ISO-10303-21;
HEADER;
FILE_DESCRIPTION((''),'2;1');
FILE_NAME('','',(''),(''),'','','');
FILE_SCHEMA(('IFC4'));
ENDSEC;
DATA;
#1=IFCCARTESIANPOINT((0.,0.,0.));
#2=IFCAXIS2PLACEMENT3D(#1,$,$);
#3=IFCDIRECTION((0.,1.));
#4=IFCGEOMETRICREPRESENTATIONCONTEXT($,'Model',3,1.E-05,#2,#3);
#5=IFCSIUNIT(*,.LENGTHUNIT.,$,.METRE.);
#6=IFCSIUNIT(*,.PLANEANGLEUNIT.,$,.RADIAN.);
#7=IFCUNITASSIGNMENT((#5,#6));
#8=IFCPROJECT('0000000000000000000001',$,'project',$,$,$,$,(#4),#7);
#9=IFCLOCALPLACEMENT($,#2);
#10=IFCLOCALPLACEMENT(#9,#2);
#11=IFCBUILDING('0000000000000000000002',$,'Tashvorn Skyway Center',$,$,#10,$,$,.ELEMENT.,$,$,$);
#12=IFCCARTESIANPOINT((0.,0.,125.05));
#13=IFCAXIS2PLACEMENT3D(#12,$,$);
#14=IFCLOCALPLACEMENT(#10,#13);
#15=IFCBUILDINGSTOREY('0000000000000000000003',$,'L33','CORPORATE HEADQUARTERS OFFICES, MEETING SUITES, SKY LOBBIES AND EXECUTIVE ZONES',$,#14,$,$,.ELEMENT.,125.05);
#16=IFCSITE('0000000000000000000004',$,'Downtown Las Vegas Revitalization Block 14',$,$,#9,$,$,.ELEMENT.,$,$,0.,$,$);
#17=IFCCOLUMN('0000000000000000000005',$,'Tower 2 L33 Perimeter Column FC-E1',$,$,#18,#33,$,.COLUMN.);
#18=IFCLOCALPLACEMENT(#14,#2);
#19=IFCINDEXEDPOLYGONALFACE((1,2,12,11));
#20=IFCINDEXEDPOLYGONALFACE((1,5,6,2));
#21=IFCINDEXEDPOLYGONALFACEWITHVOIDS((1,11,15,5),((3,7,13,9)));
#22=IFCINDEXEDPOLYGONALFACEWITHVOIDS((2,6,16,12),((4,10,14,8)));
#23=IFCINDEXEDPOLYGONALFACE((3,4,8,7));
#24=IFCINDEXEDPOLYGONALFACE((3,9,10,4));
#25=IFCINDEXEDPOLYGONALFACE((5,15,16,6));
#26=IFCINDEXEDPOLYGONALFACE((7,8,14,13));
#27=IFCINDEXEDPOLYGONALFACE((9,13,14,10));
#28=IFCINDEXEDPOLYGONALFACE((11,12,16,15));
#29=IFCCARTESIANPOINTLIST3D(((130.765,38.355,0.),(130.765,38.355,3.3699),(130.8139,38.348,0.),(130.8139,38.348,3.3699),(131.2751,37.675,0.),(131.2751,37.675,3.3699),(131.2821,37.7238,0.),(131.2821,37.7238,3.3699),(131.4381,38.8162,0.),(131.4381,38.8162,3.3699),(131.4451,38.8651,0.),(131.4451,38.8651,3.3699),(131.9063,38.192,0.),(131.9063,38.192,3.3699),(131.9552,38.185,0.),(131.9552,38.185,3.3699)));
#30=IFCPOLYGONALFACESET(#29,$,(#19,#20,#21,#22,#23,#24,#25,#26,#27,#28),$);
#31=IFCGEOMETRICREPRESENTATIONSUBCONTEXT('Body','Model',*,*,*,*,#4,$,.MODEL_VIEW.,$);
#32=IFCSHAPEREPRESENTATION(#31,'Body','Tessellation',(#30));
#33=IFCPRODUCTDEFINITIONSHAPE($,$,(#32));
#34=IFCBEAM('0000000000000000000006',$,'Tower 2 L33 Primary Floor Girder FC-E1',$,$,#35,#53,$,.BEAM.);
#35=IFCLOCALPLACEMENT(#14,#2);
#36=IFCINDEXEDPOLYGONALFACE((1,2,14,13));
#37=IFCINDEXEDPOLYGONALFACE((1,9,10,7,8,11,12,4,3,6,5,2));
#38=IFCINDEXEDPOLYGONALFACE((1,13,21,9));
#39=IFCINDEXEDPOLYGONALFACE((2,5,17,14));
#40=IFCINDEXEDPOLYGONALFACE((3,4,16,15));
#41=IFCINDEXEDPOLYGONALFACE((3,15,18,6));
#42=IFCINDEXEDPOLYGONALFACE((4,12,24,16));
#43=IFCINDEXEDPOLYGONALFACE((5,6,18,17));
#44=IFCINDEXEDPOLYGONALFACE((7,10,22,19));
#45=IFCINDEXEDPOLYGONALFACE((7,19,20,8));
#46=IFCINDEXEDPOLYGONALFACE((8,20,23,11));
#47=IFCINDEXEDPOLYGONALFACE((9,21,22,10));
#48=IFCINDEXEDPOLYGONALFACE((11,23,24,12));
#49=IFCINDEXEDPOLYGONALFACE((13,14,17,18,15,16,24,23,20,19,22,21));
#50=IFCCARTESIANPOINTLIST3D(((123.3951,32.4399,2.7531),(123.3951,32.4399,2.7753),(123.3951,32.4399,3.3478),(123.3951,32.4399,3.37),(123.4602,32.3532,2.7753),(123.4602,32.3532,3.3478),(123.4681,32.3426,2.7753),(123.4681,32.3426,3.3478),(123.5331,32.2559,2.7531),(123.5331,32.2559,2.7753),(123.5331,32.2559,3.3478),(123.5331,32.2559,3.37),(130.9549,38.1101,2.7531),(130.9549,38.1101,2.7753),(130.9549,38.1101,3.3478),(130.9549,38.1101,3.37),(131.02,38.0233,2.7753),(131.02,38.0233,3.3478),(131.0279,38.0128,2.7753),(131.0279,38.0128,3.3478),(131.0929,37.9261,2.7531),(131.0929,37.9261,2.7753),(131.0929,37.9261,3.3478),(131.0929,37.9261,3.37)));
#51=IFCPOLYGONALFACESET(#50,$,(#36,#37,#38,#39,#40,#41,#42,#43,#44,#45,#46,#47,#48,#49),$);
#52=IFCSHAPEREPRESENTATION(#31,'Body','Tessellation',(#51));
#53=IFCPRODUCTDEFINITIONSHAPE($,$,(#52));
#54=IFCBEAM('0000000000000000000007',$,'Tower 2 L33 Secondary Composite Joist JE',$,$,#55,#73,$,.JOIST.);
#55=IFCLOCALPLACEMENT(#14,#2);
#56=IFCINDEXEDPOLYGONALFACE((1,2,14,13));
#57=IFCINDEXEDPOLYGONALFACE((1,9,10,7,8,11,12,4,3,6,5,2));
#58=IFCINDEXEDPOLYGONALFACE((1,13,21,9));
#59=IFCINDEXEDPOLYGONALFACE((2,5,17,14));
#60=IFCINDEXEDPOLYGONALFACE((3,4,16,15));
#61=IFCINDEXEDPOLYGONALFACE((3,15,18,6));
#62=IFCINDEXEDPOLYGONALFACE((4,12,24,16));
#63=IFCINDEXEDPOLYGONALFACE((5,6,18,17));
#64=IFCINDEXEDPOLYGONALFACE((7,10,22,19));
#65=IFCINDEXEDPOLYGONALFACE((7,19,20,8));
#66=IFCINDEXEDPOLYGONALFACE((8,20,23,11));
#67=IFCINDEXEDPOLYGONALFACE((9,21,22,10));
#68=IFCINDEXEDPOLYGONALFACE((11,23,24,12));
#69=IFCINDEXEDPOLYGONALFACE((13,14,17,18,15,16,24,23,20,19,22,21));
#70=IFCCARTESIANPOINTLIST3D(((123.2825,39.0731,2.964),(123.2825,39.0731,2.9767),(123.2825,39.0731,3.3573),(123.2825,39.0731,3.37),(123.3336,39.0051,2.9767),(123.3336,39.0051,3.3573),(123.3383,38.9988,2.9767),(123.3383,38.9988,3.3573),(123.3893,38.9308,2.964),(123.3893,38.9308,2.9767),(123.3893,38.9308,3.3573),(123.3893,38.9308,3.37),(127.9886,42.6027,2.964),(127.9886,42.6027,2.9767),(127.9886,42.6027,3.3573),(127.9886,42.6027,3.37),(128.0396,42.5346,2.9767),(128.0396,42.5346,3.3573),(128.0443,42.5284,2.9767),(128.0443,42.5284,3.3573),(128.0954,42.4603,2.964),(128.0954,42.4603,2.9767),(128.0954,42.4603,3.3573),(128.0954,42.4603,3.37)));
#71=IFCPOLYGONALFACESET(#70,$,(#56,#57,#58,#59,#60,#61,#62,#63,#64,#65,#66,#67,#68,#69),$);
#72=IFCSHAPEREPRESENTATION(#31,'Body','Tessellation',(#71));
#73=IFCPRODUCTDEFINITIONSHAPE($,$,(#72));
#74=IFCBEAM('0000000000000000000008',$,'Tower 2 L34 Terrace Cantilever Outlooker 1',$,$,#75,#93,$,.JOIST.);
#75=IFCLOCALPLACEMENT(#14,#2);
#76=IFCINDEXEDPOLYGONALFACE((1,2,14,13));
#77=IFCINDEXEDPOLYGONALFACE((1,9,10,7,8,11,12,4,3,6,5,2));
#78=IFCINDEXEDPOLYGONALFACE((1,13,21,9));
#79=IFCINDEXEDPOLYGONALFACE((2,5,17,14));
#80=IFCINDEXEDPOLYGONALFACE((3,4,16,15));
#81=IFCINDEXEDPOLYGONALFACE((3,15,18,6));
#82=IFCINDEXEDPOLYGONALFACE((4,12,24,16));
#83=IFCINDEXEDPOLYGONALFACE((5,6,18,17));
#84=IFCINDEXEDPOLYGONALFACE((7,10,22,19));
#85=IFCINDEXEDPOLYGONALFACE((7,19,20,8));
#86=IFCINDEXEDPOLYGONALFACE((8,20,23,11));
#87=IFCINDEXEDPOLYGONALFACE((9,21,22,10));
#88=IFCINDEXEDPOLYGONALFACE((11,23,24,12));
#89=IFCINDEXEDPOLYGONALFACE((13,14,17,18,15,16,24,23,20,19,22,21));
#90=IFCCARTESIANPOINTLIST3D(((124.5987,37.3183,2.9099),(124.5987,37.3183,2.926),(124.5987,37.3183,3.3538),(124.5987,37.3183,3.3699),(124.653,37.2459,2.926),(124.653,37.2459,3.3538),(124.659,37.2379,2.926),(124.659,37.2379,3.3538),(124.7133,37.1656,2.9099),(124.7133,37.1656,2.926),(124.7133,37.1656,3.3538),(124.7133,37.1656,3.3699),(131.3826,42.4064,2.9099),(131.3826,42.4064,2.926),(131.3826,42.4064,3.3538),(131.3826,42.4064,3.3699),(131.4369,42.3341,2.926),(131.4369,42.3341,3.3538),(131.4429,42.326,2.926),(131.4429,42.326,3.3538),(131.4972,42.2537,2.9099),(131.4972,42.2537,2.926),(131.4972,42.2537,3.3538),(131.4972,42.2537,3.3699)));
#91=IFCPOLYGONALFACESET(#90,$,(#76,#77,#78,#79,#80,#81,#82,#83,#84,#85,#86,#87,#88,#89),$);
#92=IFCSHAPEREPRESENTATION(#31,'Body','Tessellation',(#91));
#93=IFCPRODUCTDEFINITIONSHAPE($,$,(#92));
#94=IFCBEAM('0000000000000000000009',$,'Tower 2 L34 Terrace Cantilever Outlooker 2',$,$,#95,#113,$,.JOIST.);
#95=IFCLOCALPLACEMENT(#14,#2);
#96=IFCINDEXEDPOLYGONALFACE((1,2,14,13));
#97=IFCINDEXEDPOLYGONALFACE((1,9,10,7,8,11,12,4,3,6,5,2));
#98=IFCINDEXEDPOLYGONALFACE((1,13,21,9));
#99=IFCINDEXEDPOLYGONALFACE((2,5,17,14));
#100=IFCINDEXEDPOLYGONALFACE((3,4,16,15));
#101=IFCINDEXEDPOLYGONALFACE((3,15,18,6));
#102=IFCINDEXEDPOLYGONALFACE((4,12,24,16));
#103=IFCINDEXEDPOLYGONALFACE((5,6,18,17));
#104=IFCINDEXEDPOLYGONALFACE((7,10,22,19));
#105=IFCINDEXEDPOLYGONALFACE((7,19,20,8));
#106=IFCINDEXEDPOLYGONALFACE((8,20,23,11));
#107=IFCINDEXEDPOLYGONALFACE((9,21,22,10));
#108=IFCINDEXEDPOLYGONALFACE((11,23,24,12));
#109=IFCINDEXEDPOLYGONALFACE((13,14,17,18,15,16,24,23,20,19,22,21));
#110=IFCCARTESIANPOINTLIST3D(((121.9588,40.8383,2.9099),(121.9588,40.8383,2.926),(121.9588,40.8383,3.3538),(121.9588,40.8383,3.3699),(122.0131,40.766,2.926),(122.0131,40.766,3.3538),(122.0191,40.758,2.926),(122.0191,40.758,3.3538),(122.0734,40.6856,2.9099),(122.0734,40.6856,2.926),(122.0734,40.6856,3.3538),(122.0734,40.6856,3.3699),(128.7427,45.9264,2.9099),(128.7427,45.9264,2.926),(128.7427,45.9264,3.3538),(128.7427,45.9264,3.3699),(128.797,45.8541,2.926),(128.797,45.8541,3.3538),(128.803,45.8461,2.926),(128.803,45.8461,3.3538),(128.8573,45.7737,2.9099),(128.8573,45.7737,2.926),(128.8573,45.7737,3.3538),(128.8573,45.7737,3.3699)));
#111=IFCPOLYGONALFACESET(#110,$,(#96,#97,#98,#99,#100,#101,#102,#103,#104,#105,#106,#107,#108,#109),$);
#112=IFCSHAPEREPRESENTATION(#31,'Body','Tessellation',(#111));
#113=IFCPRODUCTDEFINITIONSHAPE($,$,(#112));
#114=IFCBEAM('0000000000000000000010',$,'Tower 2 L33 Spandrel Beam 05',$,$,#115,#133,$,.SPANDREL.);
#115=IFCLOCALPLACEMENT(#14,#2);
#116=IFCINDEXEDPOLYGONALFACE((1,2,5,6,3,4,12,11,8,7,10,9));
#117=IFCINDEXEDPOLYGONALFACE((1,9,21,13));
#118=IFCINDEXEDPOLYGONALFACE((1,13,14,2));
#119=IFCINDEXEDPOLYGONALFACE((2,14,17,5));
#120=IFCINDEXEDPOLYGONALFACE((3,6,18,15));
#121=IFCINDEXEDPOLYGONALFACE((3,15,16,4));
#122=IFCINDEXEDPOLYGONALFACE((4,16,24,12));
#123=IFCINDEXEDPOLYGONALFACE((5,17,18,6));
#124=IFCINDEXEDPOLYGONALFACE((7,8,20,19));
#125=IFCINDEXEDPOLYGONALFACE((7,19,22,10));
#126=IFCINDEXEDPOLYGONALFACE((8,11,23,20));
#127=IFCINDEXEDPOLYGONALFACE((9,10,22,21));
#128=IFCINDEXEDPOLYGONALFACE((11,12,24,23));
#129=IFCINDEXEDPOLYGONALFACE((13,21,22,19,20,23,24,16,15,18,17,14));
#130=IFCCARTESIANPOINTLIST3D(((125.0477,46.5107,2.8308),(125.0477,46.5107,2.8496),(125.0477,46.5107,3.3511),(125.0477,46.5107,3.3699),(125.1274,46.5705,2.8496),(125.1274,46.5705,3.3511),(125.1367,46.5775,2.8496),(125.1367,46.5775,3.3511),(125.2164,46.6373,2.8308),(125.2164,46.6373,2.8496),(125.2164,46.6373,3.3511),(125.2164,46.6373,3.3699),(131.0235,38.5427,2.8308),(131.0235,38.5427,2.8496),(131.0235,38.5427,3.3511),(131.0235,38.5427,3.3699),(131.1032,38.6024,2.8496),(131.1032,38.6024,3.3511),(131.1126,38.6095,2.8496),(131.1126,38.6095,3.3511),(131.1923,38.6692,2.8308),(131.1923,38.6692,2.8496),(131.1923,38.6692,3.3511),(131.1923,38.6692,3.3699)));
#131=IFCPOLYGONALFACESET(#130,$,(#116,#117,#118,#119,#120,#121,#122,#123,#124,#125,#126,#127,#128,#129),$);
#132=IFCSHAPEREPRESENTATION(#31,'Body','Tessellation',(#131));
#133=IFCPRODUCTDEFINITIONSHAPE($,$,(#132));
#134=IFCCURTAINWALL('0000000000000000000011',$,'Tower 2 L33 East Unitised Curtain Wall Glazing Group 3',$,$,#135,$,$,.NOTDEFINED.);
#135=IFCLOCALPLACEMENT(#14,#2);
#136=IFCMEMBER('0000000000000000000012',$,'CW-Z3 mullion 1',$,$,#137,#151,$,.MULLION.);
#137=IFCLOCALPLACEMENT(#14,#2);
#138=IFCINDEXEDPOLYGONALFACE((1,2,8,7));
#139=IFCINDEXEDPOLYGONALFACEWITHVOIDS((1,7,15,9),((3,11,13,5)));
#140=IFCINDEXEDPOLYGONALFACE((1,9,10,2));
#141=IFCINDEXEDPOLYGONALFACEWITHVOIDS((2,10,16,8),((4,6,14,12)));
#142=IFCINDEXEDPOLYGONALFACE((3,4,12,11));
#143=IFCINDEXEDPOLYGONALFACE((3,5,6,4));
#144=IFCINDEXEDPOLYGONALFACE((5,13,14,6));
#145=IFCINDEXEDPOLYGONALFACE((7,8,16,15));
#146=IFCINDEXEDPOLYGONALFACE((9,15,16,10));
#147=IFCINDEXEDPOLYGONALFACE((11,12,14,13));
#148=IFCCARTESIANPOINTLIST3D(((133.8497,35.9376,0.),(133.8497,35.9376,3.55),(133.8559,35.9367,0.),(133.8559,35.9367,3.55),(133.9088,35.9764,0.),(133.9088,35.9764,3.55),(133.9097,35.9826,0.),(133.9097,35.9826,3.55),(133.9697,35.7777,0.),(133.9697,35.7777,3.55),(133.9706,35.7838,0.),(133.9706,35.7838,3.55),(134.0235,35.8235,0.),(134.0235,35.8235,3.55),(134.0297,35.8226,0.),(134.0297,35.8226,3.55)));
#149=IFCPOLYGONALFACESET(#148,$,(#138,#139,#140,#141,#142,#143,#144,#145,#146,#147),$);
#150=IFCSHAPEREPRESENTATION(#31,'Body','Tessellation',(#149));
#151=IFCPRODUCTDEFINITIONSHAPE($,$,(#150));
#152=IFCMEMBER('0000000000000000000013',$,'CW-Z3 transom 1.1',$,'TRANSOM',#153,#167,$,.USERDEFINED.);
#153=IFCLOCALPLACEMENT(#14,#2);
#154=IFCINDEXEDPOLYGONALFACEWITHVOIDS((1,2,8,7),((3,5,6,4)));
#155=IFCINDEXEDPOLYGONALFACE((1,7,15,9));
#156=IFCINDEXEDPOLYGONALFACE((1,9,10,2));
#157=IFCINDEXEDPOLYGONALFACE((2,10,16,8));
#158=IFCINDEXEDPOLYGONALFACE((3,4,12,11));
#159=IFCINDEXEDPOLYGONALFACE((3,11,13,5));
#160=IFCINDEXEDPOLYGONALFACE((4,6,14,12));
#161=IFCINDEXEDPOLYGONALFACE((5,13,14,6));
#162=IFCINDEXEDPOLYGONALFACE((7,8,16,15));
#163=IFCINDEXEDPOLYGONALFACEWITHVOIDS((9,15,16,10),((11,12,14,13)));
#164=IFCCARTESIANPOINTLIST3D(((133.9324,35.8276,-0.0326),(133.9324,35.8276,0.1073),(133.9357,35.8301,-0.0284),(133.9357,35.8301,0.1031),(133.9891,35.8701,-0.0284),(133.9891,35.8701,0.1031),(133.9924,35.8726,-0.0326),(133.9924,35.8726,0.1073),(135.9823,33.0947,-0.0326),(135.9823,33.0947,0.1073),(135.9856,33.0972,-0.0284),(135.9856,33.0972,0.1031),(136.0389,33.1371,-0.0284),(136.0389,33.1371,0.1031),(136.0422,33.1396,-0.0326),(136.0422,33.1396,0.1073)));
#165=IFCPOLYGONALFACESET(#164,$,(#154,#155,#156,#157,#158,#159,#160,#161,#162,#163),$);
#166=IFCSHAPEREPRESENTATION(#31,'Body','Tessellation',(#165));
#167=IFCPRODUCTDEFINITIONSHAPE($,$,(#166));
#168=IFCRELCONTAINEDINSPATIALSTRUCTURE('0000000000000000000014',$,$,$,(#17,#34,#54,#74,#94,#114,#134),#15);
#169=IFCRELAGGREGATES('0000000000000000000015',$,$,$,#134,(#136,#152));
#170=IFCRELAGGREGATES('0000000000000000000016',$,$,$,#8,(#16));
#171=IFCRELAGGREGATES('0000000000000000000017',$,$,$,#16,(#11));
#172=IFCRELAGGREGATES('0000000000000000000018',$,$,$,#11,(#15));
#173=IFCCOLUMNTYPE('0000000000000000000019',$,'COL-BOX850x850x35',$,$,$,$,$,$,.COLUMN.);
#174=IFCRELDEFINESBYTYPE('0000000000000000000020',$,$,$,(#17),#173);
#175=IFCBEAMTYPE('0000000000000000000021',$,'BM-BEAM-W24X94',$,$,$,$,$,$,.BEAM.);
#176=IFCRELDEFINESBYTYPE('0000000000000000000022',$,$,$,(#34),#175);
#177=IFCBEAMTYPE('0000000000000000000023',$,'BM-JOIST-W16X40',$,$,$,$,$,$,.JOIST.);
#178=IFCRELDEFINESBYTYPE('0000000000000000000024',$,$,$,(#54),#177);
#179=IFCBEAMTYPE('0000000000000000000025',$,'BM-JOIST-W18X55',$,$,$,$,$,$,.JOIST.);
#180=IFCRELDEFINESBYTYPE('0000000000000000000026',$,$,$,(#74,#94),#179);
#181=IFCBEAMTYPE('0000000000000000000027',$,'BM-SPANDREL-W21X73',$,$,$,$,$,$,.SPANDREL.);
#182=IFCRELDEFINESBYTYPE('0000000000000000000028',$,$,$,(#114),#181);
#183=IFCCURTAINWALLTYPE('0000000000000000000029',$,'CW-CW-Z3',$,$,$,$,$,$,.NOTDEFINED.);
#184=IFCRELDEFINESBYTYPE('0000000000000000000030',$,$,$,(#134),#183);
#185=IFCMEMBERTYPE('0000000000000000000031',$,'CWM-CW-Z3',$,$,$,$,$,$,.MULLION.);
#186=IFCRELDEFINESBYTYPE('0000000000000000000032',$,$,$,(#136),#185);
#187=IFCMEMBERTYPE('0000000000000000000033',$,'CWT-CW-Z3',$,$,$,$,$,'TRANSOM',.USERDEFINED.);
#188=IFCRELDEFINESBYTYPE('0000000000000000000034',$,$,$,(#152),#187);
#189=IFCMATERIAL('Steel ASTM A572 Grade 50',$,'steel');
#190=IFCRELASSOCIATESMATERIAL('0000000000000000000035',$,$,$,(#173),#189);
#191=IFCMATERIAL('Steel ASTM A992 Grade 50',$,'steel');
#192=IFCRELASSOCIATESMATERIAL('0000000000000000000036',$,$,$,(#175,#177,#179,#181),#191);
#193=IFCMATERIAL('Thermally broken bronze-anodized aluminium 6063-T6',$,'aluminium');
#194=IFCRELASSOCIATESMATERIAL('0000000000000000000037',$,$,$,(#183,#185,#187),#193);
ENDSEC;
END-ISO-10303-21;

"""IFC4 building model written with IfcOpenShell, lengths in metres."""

from ifc_helpers import new_model, si_unit, direction, frame, origin, origin_2d, place, context, subcontext, project, spatial, hollow_rectangle, i_section, extrude, material, material_profile, profile_set, type_object, element, aggregate, save


model = new_model("IFC4")

# Units and contexts
model_context = context("Model", 3, precision=1e-05, world=origin(), true_north=direction((0.0, 1.0)))
body_context = subcontext(model_context, "Body", "Model", "MODEL_VIEW")
ifc_project = project(units=[si_unit("LENGTHUNIT", "METRE"), si_unit("PLANEANGLEUNIT", "RADIAN")], contexts=[model_context])

# Site, building, storey
site_placement = place(None, origin())
site = spatial("IfcSite", under=ifc_project, at=site_placement, Name="Downtown Las Vegas Revitalization Block 14", CompositionType="ELEMENT", RefElevation=0.0)
building_placement = place(site_placement, origin())
building = spatial("IfcBuilding", under=site, at=building_placement, Name="Tashvorn Skyway Center", CompositionType="ELEMENT")
storey_placement = place(building_placement, frame((0.0, 0.0, 125.05)))
storey = spatial("IfcBuildingStorey", under=building, at=storey_placement, Name="L33", Description="CORPORATE HEADQUARTERS OFFICES, MEETING SUITES, SKY LOBBIES AND EXECUTIVE ZONES", CompositionType="ELEMENT", Elevation=125.05)

# Column
ifc_material_1 = material(Name="Steel ASTM A572 Grade 50", Category="steel")
ifc_material_profile_1 = material_profile(ifc_material_1, hollow_rectangle(XDim=0.8501, YDim=0.8501, WallThickness=0.0349, at=origin_2d()), Name="BOX850x850x35")
ifc_profile_set_1 = profile_set([ifc_material_profile_1], Name="Steel ASTM A572 Grade 50")
column_type = type_object("IfcColumnType", Name="COL-BOX850x850x35", PredefinedType="COLUMN", material=ifc_profile_set_1)
column_placement = place(storey_placement, frame((131.3601, 38.27, 0.0), z_axis=(0.0, 0.0, 1.0), x_axis=(0.8, 0.6, 0.0)))
element("IfcColumn", 1, at=column_placement, inside=storey, type_object=column_type, Name="Tower 2 L33 Perimeter Column FC-E1", PredefinedType="COLUMN", context=body_context, shape_type="SweptSolid", body=[
    extrude(hollow_rectangle(XDim=0.8501, YDim=0.8501, WallThickness=0.0349, at=origin_2d()), origin(), (0.0, 0.0, 1.0), 3.3699),
])

# Beams
ifc_material_2 = material(Name="Steel ASTM A992 Grade 50", Category="steel")
ifc_material_profile_2 = material_profile(ifc_material_2, i_section(OverallWidth=0.23, OverallDepth=0.6169, WebThickness=0.0132, FlangeThickness=0.0222, at=origin_2d()), Name="W24X94")
ifc_profile_set_2 = profile_set([ifc_material_profile_2], Name="Steel ASTM A992 Grade 50")
beam_type_1 = type_object("IfcBeamType", Name="BM-BEAM-W24X94", PredefinedType="BEAM", material=ifc_profile_set_2)
beam_1_placement = place(storey_placement, frame((131.0239, 38.0181, 3.0615), z_axis=(-0.799984, -0.600021, 0.0), x_axis=(0.600021, -0.799984, 0.0)))
element("IfcBeam", 2, at=beam_1_placement, inside=storey, type_object=beam_type_1, Name="Tower 2 L33 Primary Floor Girder FC-E1", PredefinedType="BEAM", context=body_context, shape_type="SweptSolid", body=[
    extrude(i_section(OverallWidth=0.23, OverallDepth=0.6169, WebThickness=0.0132, FlangeThickness=0.0222, at=origin_2d()), origin(), (0.0, 0.0, 1.0), 9.45),
])
ifc_material_profile_3 = material_profile(ifc_material_2, i_section(OverallWidth=0.178, OverallDepth=0.406, WebThickness=0.0078, FlangeThickness=0.0127, at=origin_2d()), Name="W16X40")
ifc_profile_set_3 = profile_set([ifc_material_profile_3], Name="Steel ASTM A992 Grade 50")
beam_type_2 = type_object("IfcBeamType", Name="BM-JOIST-W16X40", PredefinedType="JOIST", material=ifc_profile_set_3)
beam_2_placement = place(storey_placement, frame((123.3359, 39.002, 3.167), z_axis=(0.8, 0.6, 0.0), x_axis=(-0.6, 0.8, 0.0)))
element("IfcBeam", 3, at=beam_2_placement, inside=storey, type_object=beam_type_2, Name="Tower 2 L33 Secondary Composite Joist JE", PredefinedType="JOIST", context=body_context, shape_type="SweptSolid", body=[
    extrude(i_section(OverallWidth=0.178, OverallDepth=0.406, WebThickness=0.0078, FlangeThickness=0.0127, at=origin_2d()), origin(), (0.0, 0.0, 1.0), 5.8826),
])
ifc_material_profile_4 = material_profile(ifc_material_2, i_section(OverallWidth=0.1909, OverallDepth=0.46, WebThickness=0.01, FlangeThickness=0.0161, at=origin_2d()), Name="W18X55")
ifc_profile_set_4 = profile_set([ifc_material_profile_4], Name="Steel ASTM A992 Grade 50")
beam_type_3 = type_object("IfcBeamType", Name="BM-JOIST-W18X55", PredefinedType="JOIST", material=ifc_profile_set_4)
for number, where, z_axis, x_axis, name in (
    (4, (124.656, 37.2419, 3.1399), (0.79999, 0.600014, 0.0), (-0.600014, 0.79999, 0.0), "Tower 2 L34 Terrace Cantilever Outlooker 1"),
    (5, (122.0161, 40.762, 3.1399), (0.79999, 0.600014, 0.0), (-0.600014, 0.79999, 0.0), "Tower 2 L34 Terrace Cantilever Outlooker 2"),
):
    element("IfcBeam", number, at=place(storey_placement, frame(where, z_axis=z_axis, x_axis=x_axis)), inside=storey, type_object=beam_type_3, Name=name, PredefinedType="JOIST", context=body_context, shape_type="SweptSolid", body=[
        extrude(i_section(OverallWidth=0.1909, OverallDepth=0.46, WebThickness=0.01, FlangeThickness=0.0161, at=origin_2d()), origin(), (0.0, 0.0, 1.0), 8.48),
    ])
ifc_material_profile_5 = material_profile(ifc_material_2, i_section(OverallWidth=0.2109, OverallDepth=0.5391, WebThickness=0.0117, FlangeThickness=0.0188, at=origin_2d()), Name="W21X73")
ifc_profile_set_5 = profile_set([ifc_material_profile_5], Name="Steel ASTM A992 Grade 50")
beam_type_4 = type_object("IfcBeamType", Name="BM-SPANDREL-W21X73", PredefinedType="SPANDREL", material=ifc_profile_set_5)
beam_3_placement = place(storey_placement, frame((131.1079, 38.606, 3.1003), z_axis=(-0.599988, 0.800009, 0.0), x_axis=(-0.800009, -0.599988, 0.0)))
element("IfcBeam", 6, at=beam_3_placement, inside=storey, type_object=beam_type_4, Name="Tower 2 L33 Spandrel Beam 05", PredefinedType="SPANDREL", context=body_context, shape_type="SweptSolid", body=[
    extrude(i_section(OverallWidth=0.2109, OverallDepth=0.5391, WebThickness=0.0117, FlangeThickness=0.0188, at=origin_2d()), origin(), (0.0, 0.0, 1.0), 9.96),
])

# Curtain wall, members
ifc_material_3 = material(Name="Thermally broken bronze-anodized aluminium 6063-T6", Category="aluminium")
curtain_wall_type = type_object("IfcCurtainWallType", Name="CW-CW-Z3", PredefinedType="NOTDEFINED", material=ifc_material_3)
curtain_wall_placement = place(storey_placement, origin())
curtain_wall = element("IfcCurtainWall", 7, at=curtain_wall_placement, inside=storey, type_object=curtain_wall_type, Name="Tower 2 L33 East Unitised Curtain Wall Glazing Group 3", PredefinedType="NOTDEFINED")
ifc_material_profile_6 = material_profile(ifc_material_3, hollow_rectangle(XDim=0.075, YDim=0.2, WallThickness=0.0044, at=origin_2d()), Name="ALU-MULL-75x200")
ifc_profile_set_6 = profile_set([ifc_material_profile_6], Name="Thermally broken bronze-anodized aluminium 6063-T6")
member_type_1 = type_object("IfcMemberType", Name="CWM-CW-Z3", PredefinedType="MULLION", material=ifc_profile_set_6)
member_1_placement = place(storey_placement, frame((133.9397, 35.8801, 0.0), z_axis=(0.0, 0.0, 1.0), x_axis=(0.799997, 0.600005, 0.0)))
member_1 = element("IfcMember", 8, at=member_1_placement, type_object=member_type_1, Name="CW-Z3 mullion 1", PredefinedType="MULLION", context=body_context, shape_type="SweptSolid", body=[
    extrude(hollow_rectangle(XDim=0.075, YDim=0.2, WallThickness=0.0044, at=origin_2d()), origin(), (0.0, 0.0, 1.0), 3.55),
])
ifc_material_profile_7 = material_profile(ifc_material_3, hollow_rectangle(XDim=0.075, YDim=0.1399, WallThickness=0.0042, at=origin_2d()), Name="ALU-TRAN-75x140")
ifc_profile_set_7 = profile_set([ifc_material_profile_7], Name="Thermally broken bronze-anodized aluminium 6063-T6")
member_type_2 = type_object("IfcMemberType", Name="CWT-CW-Z3", ElementType="TRANSOM", PredefinedType="USERDEFINED", material=ifc_profile_set_7)
member_2_placement = place(storey_placement, frame((133.9624, 35.8501, 0.0374), z_axis=(0.600023, -0.799983, 0.0), x_axis=(0.799983, 0.600023, 0.0)))
member_2 = element("IfcMember", 9, at=member_2_placement, type_object=member_type_2, Name="CW-Z3 transom 1.1", ObjectType="TRANSOM", PredefinedType="USERDEFINED", context=body_context, shape_type="SweptSolid", body=[
    extrude(hollow_rectangle(XDim=0.075, YDim=0.1399, WallThickness=0.0042, at=origin_2d()), origin(), (0.0, 0.0, 1.0), 3.4163),
])
aggregate(curtain_wall, [member_1, member_2])

save(model, "model.ifc")
